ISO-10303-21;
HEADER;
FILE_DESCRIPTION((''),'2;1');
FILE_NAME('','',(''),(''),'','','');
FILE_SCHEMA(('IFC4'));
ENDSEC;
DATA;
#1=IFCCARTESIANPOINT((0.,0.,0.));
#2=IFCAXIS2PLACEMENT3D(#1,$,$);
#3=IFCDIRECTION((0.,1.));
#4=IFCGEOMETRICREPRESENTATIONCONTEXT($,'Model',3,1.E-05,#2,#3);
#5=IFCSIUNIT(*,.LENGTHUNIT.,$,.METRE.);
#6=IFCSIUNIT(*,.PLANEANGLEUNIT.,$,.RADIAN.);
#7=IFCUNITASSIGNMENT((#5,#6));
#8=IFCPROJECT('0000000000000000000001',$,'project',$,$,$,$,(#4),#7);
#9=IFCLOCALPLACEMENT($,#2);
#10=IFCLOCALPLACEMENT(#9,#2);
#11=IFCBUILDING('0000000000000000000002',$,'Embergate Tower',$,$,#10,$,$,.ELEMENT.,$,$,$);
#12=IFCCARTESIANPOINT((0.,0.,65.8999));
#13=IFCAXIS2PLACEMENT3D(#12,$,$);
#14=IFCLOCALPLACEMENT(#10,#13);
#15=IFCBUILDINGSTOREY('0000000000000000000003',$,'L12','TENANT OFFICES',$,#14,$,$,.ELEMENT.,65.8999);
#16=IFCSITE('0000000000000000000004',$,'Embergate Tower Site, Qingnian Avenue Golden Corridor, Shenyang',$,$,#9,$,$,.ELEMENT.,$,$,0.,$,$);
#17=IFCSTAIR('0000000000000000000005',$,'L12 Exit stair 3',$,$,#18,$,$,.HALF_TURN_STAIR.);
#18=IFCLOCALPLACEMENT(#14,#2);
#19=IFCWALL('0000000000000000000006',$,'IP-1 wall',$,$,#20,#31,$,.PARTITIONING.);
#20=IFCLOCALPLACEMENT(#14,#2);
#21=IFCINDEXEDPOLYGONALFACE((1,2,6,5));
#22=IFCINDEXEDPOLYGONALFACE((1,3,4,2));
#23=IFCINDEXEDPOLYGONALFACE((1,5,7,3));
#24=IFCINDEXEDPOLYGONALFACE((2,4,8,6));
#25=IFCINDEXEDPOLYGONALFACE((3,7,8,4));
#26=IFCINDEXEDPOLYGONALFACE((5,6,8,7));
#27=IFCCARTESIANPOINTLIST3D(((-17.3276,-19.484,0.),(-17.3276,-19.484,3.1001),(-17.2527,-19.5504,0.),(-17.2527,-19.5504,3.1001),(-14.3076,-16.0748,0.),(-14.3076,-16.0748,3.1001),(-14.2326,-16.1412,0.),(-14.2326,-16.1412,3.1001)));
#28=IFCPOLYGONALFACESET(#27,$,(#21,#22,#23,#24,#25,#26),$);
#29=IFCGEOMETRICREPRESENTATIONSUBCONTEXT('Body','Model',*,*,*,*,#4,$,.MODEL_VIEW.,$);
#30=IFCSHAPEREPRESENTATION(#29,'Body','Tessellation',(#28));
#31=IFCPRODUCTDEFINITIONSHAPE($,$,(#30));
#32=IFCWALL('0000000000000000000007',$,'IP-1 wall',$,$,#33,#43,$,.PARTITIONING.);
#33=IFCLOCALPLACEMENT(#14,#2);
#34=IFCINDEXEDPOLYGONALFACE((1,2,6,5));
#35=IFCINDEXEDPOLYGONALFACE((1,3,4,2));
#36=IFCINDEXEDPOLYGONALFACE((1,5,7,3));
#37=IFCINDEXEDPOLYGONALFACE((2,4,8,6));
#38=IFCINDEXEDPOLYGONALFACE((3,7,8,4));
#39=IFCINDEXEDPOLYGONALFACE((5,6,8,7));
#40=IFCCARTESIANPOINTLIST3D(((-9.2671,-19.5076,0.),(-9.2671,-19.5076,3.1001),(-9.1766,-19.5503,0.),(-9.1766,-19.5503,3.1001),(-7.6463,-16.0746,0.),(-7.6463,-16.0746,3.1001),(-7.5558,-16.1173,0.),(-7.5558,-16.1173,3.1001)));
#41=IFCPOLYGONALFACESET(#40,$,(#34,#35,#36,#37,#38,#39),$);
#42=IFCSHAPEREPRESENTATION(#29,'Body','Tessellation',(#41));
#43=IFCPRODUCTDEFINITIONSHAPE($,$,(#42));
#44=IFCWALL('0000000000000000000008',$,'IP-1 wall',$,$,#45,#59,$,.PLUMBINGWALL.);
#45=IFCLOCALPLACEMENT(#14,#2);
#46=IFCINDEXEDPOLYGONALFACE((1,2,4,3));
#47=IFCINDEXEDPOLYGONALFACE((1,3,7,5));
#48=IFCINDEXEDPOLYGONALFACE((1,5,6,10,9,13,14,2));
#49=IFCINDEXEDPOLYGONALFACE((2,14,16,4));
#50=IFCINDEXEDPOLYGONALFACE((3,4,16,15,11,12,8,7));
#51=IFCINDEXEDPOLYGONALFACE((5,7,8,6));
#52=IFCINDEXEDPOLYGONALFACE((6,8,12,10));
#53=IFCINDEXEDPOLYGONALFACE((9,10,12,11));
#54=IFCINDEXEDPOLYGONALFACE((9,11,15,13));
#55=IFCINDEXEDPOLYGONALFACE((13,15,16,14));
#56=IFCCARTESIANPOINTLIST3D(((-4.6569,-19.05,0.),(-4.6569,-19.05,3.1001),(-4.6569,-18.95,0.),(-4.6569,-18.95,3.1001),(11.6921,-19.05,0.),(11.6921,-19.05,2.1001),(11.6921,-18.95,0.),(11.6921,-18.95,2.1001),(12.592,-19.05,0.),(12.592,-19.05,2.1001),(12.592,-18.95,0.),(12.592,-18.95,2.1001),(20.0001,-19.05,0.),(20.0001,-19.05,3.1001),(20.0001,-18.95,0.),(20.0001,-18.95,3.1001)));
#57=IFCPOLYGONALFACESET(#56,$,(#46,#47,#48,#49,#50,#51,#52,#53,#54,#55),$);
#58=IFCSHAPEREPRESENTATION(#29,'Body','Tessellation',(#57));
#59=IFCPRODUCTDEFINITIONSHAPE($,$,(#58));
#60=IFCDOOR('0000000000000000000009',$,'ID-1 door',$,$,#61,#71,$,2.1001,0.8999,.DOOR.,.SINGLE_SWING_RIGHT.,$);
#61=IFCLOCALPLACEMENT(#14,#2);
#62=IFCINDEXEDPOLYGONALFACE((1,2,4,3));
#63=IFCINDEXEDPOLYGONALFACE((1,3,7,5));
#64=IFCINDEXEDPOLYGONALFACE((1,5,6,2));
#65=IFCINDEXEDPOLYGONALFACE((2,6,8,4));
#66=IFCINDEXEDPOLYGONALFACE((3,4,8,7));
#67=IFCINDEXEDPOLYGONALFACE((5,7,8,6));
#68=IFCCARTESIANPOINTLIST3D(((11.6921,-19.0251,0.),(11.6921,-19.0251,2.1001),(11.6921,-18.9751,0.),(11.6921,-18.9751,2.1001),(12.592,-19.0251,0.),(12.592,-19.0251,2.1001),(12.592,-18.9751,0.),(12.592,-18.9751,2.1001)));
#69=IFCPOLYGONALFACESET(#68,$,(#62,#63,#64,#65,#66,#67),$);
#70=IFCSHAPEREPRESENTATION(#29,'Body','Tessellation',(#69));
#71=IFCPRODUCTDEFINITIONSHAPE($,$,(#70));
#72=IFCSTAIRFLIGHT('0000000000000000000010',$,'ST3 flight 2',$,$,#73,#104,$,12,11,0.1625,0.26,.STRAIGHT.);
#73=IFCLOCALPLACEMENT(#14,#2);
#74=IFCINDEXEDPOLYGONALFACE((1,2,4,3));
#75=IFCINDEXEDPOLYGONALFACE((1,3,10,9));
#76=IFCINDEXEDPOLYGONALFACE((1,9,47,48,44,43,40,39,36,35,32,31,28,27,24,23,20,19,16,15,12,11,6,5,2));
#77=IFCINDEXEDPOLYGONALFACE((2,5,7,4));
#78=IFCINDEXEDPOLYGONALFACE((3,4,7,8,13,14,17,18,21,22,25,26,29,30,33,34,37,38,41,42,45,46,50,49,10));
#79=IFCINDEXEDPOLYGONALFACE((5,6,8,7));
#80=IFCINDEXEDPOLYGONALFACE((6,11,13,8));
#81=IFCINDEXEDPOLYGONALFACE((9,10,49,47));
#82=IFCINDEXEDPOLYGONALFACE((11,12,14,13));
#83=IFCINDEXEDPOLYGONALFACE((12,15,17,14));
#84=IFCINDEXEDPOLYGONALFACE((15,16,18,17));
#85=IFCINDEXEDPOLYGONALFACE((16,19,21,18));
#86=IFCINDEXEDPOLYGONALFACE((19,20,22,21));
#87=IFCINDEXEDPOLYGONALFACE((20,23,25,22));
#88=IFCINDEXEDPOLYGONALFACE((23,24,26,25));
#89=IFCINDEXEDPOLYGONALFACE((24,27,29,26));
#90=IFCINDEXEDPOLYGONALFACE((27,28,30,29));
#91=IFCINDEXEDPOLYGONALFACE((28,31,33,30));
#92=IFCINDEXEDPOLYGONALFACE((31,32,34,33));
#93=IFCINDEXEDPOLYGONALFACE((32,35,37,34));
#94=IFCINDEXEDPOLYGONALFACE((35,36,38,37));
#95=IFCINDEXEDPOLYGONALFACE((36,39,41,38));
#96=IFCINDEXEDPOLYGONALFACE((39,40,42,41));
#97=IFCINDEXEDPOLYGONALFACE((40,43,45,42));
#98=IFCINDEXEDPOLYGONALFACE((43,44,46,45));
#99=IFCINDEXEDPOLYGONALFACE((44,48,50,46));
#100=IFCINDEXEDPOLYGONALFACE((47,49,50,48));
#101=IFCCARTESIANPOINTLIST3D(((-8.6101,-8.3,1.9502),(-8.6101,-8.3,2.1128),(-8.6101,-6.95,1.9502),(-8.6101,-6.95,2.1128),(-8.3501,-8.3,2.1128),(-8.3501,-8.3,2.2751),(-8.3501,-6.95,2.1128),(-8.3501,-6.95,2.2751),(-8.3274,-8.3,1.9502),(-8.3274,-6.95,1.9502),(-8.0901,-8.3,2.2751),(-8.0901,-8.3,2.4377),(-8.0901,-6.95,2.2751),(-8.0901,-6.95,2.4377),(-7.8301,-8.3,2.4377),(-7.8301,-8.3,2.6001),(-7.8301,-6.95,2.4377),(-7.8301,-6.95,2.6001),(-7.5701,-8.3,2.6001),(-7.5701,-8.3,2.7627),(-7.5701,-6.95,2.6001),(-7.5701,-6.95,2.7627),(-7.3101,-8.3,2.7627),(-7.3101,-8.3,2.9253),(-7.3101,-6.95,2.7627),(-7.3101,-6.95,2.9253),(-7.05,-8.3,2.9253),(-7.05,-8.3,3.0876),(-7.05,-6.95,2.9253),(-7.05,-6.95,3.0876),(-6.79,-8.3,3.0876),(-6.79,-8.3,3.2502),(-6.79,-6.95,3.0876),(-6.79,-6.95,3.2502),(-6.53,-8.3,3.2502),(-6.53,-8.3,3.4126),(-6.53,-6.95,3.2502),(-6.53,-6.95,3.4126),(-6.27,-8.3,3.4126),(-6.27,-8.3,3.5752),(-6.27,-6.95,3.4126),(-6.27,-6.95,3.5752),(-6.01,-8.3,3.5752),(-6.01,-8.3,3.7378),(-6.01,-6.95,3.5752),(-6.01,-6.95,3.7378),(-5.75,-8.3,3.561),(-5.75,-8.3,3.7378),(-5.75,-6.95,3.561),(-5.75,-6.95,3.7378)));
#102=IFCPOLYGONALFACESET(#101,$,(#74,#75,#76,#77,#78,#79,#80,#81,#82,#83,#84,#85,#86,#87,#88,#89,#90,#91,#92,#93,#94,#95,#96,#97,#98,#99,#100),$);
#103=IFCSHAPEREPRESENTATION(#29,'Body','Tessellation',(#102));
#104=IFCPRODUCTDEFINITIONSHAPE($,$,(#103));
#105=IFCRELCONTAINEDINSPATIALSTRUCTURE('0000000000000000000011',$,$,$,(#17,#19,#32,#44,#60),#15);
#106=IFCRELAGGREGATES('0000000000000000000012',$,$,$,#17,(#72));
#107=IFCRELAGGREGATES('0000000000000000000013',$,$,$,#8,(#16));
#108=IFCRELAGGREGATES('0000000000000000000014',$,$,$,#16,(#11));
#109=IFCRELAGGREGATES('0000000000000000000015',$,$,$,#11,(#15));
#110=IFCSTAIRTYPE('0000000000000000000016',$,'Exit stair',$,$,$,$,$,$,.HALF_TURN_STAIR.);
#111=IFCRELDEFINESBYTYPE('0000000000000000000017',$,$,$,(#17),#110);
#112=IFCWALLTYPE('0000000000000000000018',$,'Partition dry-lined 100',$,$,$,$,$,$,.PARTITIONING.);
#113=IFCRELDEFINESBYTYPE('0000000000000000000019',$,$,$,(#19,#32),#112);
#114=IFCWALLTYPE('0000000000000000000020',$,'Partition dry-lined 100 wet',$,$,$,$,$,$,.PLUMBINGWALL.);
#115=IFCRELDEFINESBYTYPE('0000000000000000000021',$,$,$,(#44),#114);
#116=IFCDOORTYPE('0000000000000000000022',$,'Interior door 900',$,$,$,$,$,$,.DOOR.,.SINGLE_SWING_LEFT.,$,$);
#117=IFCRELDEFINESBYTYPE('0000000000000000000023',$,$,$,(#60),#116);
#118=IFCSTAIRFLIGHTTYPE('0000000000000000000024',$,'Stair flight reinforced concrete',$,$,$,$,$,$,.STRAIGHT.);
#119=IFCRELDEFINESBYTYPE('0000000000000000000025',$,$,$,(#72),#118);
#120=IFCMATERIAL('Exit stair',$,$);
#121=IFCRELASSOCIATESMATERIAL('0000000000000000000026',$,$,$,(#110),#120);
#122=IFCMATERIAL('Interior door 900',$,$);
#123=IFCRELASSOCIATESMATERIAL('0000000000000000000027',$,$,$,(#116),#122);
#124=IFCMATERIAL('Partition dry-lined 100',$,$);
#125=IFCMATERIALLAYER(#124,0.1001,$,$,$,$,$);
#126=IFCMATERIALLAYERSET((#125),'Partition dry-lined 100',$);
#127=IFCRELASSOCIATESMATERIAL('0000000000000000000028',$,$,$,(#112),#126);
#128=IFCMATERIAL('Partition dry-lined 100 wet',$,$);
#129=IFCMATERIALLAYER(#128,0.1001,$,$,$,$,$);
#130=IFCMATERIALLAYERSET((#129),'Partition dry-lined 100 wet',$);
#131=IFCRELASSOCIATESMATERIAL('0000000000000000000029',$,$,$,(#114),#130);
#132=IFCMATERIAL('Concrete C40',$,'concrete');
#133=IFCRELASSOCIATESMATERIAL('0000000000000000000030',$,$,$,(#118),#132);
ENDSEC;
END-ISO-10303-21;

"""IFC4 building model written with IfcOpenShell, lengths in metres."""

from ifc_helpers import new_model, si_unit, direction, frame, frame_2d, origin, place, context, subcontext, project, spatial, polyline, rectangle, outline, extrude, source, transform, mapped, material, layer, layer_set, type_object, element, fill, aggregate, save


model = new_model("IFC4")

# Units and contexts
model_context = context("Model", 3, precision=1e-05, world=origin(), true_north=direction((0.0, 1.0)))
body_context = subcontext(model_context, "Body", "Model", "MODEL_VIEW")
ifc_project = project(units=[si_unit("LENGTHUNIT", "METRE"), si_unit("PLANEANGLEUNIT", "RADIAN")], contexts=[model_context])

# Site, building, storey
site_placement = place(None, origin())
site = spatial("IfcSite", under=ifc_project, at=site_placement, Name="Embergate Tower Site, Qingnian Avenue Golden Corridor, Shenyang", CompositionType="ELEMENT", RefElevation=0.0)
building_placement = place(site_placement, origin())
building = spatial("IfcBuilding", under=site, at=building_placement, Name="Embergate Tower", CompositionType="ELEMENT")
storey_placement = place(building_placement, frame((0.0, 0.0, 65.8999)))
storey = spatial("IfcBuildingStorey", under=building, at=storey_placement, Name="L12", Description="TENANT OFFICES", CompositionType="ELEMENT", Elevation=65.8999)

# Stair
ifc_material_1 = material(Name="Exit stair")
stair_type = type_object("IfcStairType", Name="Exit stair", PredefinedType="HALF_TURN_STAIR", material=ifc_material_1)
stair_placement = place(storey_placement, origin())
stair = element("IfcStair", 1, at=stair_placement, inside=storey, type_object=stair_type, Name="L12 Exit stair 3", PredefinedType="HALF_TURN_STAIR")
ifc_material_2 = material(Name="Concrete C40", Category="concrete")

# Shared definitions
ifc_material_3 = material(Name="Interior door 900")
door_type_1 = type_object("IfcDoorType", Name="Interior door 900", OperationType="SINGLE_SWING_LEFT", PredefinedType="DOOR", material=ifc_material_3)
shared_shape_1 = source(origin(), body_context, "Body", "SweptSolid", [
    extrude(rectangle(XDim=0.8999, YDim=2.1001, at=frame_2d((0.45, 1.05))), frame((0.0, 0.0249, 0.0), z_axis=(0.0, -1.0, 0.0), x_axis=(1.0, 0.0, 0.0)), (0.0, 0.0, 1.0), 0.05),
])

# Walls
ifc_material_4 = material(Name="Partition dry-lined 100")
ifc_layer_1 = layer(ifc_material_4, 0.1001)
ifc_layer_set_1 = layer_set([ifc_layer_1], Name="Partition dry-lined 100")
wall_type_1 = type_object("IfcWallType", Name="Partition dry-lined 100", PredefinedType="PARTITIONING", material=ifc_layer_set_1)
shared_shape_2 = source(origin(), body_context, "Body", "SweptSolid", [
    extrude(rectangle(XDim=4.5544, YDim=0.1001, at=frame_2d((2.2773, 0.0))), origin(), (0.0, 0.0, 1.0), 3.1001),
])
wall_1_placement = place(storey_placement, frame((-14.27, -16.1079, 0.0), z_axis=(0.0, 0.0, 1.0), x_axis=(-0.663092, -0.748538, 0.0)))
element("IfcWall", 2, at=wall_1_placement, inside=storey, type_object=wall_type_1, Name="IP-1 wall", PredefinedType="PARTITIONING", context=body_context, shape_type="MappedRepresentation", body=[
    mapped(shared_shape_2, transform((0.0, 0.0, 0.0))),
])
shared_shape_3 = source(origin(), body_context, "Body", "SweptSolid", [
    extrude(rectangle(XDim=3.7964, YDim=0.1001, at=frame_2d((1.8982, 0.0))), origin(), (0.0, 0.0, 1.0), 3.1001),
])
wall_2_placement = place(storey_placement, frame((-7.6011, -16.0959, 0.0), z_axis=(0.0, 0.0, 1.0), x_axis=(-0.426933, -0.904283, 0.0)))
element("IfcWall", 3, at=wall_2_placement, inside=storey, type_object=wall_type_1, Name="IP-1 wall", PredefinedType="PARTITIONING", context=body_context, shape_type="MappedRepresentation", body=[
    mapped(shared_shape_3, transform((0.0, 0.0, 0.0))),
])

# Wall, opening, door
ifc_material_5 = material(Name="Partition dry-lined 100 wet")
ifc_layer_2 = layer(ifc_material_5, 0.1001)
ifc_layer_set_2 = layer_set([ifc_layer_2], Name="Partition dry-lined 100 wet")
wall_type_2 = type_object("IfcWallType", Name="Partition dry-lined 100 wet", PredefinedType="PLUMBINGWALL", material=ifc_layer_set_2)
shared_shape_4 = source(origin(), body_context, "Body", "SweptSolid", [
    extrude(rectangle(XDim=24.657, YDim=0.1001, at=frame_2d((12.3286, 0.0))), origin(), (0.0, 0.0, 1.0), 3.1001),
])
wall_3_placement = place(storey_placement, frame((-4.657, -19.0, 0.0), z_axis=(0.0, 0.0, 1.0), x_axis=(1.0, 0.0, 0.0)))
wall_3 = element("IfcWall", 4, at=wall_3_placement, inside=storey, type_object=wall_type_2, Name="IP-1 wall", PredefinedType="PLUMBINGWALL", context=body_context, shape_type="MappedRepresentation", body=[
    mapped(shared_shape_4, transform((0.0, 0.0, 0.0))),
])
shared_shape_5 = source(origin(), body_context, "Body", "SweptSolid", [
    extrude(rectangle(XDim=0.8999, YDim=2.1001, at=frame_2d((0.45, 1.05))), frame((0.0, 0.0601, 0.0), z_axis=(0.0, -1.0, 0.0), x_axis=(1.0, 0.0, 0.0)), (0.0, 0.0, 1.0), 0.1201),
])
opening_1_placement = place(wall_3_placement, frame((16.3491, 0.0, 0.0)))
opening_1 = element("IfcOpeningElement", 5, at=opening_1_placement, cuts=wall_3, PredefinedType="OPENING", context=body_context, shape_type="MappedRepresentation", body=[
    mapped(shared_shape_5, transform((0.0, 0.0, 0.0))),
])
door_1_placement = place(opening_1_placement, origin())
door_1 = element("IfcDoor", 6, at=door_1_placement, inside=storey, type_object=door_type_1, Name="ID-1 door", OperationType="SINGLE_SWING_RIGHT", OverallHeight=2.1001, OverallWidth=0.8999, PredefinedType="DOOR", context=body_context, shape_type="MappedRepresentation", body=[
    mapped(shared_shape_1, transform((0.0, 0.0, 0.0))),
])
fill(opening_1, door_1)

# Stair flight
stair_flight_type = type_object("IfcStairFlightType", Name="Stair flight reinforced concrete", PredefinedType="STRAIGHT", material=ifc_material_2)
shared_shape_6 = source(origin(), body_context, "Body", "SweptSolid", [
    extrude(outline(polyline([(0.0, 0.0), (0.0, 0.1626), (0.26, 0.1626), (0.26, 0.325), (0.52, 0.325), (0.52, 0.4875), (0.78, 0.4875), (0.78, 0.6499), (1.04, 0.6499), (1.04, 0.8125), (1.3, 0.8125), (1.3, 0.9751), (1.5601, 0.9751), (1.5601, 1.1375), (1.8201, 1.1375), (1.8201, 1.3), (2.0801, 1.3), (2.0801, 1.4624), (2.3401, 1.4624), (2.3401, 1.625), (2.6001, 1.625), (2.6001, 1.7876), (2.8601, 1.7876), (2.8601, 1.95), (2.8601, 1.6108), (0.2827, 0.0), (0.0, 0.0)])), frame((0.0, 0.675, 0.0), z_axis=(0.0, -1.0, 0.0), x_axis=(1.0, 0.0, 0.0)), (0.0, 0.0, 1.0), 1.3501),
])
stair_flight_placement = place(storey_placement, frame((-8.6101, -7.625, 1.9502), z_axis=(0.0, 0.0, 1.0), x_axis=(1.0, 0.0, 0.0)))
stair_flight = element("IfcStairFlight", 7, at=stair_flight_placement, type_object=stair_flight_type, Name="ST3 flight 2", NumberOfRisers=12, NumberOfTreads=11, PredefinedType="STRAIGHT", RiserHeight=0.1625, TreadLength=0.26, context=body_context, shape_type="MappedRepresentation", body=[
    mapped(shared_shape_6, transform((0.0, 0.0, 0.0))),
])
aggregate(stair, [stair_flight])

save(model, "model.ifc")
